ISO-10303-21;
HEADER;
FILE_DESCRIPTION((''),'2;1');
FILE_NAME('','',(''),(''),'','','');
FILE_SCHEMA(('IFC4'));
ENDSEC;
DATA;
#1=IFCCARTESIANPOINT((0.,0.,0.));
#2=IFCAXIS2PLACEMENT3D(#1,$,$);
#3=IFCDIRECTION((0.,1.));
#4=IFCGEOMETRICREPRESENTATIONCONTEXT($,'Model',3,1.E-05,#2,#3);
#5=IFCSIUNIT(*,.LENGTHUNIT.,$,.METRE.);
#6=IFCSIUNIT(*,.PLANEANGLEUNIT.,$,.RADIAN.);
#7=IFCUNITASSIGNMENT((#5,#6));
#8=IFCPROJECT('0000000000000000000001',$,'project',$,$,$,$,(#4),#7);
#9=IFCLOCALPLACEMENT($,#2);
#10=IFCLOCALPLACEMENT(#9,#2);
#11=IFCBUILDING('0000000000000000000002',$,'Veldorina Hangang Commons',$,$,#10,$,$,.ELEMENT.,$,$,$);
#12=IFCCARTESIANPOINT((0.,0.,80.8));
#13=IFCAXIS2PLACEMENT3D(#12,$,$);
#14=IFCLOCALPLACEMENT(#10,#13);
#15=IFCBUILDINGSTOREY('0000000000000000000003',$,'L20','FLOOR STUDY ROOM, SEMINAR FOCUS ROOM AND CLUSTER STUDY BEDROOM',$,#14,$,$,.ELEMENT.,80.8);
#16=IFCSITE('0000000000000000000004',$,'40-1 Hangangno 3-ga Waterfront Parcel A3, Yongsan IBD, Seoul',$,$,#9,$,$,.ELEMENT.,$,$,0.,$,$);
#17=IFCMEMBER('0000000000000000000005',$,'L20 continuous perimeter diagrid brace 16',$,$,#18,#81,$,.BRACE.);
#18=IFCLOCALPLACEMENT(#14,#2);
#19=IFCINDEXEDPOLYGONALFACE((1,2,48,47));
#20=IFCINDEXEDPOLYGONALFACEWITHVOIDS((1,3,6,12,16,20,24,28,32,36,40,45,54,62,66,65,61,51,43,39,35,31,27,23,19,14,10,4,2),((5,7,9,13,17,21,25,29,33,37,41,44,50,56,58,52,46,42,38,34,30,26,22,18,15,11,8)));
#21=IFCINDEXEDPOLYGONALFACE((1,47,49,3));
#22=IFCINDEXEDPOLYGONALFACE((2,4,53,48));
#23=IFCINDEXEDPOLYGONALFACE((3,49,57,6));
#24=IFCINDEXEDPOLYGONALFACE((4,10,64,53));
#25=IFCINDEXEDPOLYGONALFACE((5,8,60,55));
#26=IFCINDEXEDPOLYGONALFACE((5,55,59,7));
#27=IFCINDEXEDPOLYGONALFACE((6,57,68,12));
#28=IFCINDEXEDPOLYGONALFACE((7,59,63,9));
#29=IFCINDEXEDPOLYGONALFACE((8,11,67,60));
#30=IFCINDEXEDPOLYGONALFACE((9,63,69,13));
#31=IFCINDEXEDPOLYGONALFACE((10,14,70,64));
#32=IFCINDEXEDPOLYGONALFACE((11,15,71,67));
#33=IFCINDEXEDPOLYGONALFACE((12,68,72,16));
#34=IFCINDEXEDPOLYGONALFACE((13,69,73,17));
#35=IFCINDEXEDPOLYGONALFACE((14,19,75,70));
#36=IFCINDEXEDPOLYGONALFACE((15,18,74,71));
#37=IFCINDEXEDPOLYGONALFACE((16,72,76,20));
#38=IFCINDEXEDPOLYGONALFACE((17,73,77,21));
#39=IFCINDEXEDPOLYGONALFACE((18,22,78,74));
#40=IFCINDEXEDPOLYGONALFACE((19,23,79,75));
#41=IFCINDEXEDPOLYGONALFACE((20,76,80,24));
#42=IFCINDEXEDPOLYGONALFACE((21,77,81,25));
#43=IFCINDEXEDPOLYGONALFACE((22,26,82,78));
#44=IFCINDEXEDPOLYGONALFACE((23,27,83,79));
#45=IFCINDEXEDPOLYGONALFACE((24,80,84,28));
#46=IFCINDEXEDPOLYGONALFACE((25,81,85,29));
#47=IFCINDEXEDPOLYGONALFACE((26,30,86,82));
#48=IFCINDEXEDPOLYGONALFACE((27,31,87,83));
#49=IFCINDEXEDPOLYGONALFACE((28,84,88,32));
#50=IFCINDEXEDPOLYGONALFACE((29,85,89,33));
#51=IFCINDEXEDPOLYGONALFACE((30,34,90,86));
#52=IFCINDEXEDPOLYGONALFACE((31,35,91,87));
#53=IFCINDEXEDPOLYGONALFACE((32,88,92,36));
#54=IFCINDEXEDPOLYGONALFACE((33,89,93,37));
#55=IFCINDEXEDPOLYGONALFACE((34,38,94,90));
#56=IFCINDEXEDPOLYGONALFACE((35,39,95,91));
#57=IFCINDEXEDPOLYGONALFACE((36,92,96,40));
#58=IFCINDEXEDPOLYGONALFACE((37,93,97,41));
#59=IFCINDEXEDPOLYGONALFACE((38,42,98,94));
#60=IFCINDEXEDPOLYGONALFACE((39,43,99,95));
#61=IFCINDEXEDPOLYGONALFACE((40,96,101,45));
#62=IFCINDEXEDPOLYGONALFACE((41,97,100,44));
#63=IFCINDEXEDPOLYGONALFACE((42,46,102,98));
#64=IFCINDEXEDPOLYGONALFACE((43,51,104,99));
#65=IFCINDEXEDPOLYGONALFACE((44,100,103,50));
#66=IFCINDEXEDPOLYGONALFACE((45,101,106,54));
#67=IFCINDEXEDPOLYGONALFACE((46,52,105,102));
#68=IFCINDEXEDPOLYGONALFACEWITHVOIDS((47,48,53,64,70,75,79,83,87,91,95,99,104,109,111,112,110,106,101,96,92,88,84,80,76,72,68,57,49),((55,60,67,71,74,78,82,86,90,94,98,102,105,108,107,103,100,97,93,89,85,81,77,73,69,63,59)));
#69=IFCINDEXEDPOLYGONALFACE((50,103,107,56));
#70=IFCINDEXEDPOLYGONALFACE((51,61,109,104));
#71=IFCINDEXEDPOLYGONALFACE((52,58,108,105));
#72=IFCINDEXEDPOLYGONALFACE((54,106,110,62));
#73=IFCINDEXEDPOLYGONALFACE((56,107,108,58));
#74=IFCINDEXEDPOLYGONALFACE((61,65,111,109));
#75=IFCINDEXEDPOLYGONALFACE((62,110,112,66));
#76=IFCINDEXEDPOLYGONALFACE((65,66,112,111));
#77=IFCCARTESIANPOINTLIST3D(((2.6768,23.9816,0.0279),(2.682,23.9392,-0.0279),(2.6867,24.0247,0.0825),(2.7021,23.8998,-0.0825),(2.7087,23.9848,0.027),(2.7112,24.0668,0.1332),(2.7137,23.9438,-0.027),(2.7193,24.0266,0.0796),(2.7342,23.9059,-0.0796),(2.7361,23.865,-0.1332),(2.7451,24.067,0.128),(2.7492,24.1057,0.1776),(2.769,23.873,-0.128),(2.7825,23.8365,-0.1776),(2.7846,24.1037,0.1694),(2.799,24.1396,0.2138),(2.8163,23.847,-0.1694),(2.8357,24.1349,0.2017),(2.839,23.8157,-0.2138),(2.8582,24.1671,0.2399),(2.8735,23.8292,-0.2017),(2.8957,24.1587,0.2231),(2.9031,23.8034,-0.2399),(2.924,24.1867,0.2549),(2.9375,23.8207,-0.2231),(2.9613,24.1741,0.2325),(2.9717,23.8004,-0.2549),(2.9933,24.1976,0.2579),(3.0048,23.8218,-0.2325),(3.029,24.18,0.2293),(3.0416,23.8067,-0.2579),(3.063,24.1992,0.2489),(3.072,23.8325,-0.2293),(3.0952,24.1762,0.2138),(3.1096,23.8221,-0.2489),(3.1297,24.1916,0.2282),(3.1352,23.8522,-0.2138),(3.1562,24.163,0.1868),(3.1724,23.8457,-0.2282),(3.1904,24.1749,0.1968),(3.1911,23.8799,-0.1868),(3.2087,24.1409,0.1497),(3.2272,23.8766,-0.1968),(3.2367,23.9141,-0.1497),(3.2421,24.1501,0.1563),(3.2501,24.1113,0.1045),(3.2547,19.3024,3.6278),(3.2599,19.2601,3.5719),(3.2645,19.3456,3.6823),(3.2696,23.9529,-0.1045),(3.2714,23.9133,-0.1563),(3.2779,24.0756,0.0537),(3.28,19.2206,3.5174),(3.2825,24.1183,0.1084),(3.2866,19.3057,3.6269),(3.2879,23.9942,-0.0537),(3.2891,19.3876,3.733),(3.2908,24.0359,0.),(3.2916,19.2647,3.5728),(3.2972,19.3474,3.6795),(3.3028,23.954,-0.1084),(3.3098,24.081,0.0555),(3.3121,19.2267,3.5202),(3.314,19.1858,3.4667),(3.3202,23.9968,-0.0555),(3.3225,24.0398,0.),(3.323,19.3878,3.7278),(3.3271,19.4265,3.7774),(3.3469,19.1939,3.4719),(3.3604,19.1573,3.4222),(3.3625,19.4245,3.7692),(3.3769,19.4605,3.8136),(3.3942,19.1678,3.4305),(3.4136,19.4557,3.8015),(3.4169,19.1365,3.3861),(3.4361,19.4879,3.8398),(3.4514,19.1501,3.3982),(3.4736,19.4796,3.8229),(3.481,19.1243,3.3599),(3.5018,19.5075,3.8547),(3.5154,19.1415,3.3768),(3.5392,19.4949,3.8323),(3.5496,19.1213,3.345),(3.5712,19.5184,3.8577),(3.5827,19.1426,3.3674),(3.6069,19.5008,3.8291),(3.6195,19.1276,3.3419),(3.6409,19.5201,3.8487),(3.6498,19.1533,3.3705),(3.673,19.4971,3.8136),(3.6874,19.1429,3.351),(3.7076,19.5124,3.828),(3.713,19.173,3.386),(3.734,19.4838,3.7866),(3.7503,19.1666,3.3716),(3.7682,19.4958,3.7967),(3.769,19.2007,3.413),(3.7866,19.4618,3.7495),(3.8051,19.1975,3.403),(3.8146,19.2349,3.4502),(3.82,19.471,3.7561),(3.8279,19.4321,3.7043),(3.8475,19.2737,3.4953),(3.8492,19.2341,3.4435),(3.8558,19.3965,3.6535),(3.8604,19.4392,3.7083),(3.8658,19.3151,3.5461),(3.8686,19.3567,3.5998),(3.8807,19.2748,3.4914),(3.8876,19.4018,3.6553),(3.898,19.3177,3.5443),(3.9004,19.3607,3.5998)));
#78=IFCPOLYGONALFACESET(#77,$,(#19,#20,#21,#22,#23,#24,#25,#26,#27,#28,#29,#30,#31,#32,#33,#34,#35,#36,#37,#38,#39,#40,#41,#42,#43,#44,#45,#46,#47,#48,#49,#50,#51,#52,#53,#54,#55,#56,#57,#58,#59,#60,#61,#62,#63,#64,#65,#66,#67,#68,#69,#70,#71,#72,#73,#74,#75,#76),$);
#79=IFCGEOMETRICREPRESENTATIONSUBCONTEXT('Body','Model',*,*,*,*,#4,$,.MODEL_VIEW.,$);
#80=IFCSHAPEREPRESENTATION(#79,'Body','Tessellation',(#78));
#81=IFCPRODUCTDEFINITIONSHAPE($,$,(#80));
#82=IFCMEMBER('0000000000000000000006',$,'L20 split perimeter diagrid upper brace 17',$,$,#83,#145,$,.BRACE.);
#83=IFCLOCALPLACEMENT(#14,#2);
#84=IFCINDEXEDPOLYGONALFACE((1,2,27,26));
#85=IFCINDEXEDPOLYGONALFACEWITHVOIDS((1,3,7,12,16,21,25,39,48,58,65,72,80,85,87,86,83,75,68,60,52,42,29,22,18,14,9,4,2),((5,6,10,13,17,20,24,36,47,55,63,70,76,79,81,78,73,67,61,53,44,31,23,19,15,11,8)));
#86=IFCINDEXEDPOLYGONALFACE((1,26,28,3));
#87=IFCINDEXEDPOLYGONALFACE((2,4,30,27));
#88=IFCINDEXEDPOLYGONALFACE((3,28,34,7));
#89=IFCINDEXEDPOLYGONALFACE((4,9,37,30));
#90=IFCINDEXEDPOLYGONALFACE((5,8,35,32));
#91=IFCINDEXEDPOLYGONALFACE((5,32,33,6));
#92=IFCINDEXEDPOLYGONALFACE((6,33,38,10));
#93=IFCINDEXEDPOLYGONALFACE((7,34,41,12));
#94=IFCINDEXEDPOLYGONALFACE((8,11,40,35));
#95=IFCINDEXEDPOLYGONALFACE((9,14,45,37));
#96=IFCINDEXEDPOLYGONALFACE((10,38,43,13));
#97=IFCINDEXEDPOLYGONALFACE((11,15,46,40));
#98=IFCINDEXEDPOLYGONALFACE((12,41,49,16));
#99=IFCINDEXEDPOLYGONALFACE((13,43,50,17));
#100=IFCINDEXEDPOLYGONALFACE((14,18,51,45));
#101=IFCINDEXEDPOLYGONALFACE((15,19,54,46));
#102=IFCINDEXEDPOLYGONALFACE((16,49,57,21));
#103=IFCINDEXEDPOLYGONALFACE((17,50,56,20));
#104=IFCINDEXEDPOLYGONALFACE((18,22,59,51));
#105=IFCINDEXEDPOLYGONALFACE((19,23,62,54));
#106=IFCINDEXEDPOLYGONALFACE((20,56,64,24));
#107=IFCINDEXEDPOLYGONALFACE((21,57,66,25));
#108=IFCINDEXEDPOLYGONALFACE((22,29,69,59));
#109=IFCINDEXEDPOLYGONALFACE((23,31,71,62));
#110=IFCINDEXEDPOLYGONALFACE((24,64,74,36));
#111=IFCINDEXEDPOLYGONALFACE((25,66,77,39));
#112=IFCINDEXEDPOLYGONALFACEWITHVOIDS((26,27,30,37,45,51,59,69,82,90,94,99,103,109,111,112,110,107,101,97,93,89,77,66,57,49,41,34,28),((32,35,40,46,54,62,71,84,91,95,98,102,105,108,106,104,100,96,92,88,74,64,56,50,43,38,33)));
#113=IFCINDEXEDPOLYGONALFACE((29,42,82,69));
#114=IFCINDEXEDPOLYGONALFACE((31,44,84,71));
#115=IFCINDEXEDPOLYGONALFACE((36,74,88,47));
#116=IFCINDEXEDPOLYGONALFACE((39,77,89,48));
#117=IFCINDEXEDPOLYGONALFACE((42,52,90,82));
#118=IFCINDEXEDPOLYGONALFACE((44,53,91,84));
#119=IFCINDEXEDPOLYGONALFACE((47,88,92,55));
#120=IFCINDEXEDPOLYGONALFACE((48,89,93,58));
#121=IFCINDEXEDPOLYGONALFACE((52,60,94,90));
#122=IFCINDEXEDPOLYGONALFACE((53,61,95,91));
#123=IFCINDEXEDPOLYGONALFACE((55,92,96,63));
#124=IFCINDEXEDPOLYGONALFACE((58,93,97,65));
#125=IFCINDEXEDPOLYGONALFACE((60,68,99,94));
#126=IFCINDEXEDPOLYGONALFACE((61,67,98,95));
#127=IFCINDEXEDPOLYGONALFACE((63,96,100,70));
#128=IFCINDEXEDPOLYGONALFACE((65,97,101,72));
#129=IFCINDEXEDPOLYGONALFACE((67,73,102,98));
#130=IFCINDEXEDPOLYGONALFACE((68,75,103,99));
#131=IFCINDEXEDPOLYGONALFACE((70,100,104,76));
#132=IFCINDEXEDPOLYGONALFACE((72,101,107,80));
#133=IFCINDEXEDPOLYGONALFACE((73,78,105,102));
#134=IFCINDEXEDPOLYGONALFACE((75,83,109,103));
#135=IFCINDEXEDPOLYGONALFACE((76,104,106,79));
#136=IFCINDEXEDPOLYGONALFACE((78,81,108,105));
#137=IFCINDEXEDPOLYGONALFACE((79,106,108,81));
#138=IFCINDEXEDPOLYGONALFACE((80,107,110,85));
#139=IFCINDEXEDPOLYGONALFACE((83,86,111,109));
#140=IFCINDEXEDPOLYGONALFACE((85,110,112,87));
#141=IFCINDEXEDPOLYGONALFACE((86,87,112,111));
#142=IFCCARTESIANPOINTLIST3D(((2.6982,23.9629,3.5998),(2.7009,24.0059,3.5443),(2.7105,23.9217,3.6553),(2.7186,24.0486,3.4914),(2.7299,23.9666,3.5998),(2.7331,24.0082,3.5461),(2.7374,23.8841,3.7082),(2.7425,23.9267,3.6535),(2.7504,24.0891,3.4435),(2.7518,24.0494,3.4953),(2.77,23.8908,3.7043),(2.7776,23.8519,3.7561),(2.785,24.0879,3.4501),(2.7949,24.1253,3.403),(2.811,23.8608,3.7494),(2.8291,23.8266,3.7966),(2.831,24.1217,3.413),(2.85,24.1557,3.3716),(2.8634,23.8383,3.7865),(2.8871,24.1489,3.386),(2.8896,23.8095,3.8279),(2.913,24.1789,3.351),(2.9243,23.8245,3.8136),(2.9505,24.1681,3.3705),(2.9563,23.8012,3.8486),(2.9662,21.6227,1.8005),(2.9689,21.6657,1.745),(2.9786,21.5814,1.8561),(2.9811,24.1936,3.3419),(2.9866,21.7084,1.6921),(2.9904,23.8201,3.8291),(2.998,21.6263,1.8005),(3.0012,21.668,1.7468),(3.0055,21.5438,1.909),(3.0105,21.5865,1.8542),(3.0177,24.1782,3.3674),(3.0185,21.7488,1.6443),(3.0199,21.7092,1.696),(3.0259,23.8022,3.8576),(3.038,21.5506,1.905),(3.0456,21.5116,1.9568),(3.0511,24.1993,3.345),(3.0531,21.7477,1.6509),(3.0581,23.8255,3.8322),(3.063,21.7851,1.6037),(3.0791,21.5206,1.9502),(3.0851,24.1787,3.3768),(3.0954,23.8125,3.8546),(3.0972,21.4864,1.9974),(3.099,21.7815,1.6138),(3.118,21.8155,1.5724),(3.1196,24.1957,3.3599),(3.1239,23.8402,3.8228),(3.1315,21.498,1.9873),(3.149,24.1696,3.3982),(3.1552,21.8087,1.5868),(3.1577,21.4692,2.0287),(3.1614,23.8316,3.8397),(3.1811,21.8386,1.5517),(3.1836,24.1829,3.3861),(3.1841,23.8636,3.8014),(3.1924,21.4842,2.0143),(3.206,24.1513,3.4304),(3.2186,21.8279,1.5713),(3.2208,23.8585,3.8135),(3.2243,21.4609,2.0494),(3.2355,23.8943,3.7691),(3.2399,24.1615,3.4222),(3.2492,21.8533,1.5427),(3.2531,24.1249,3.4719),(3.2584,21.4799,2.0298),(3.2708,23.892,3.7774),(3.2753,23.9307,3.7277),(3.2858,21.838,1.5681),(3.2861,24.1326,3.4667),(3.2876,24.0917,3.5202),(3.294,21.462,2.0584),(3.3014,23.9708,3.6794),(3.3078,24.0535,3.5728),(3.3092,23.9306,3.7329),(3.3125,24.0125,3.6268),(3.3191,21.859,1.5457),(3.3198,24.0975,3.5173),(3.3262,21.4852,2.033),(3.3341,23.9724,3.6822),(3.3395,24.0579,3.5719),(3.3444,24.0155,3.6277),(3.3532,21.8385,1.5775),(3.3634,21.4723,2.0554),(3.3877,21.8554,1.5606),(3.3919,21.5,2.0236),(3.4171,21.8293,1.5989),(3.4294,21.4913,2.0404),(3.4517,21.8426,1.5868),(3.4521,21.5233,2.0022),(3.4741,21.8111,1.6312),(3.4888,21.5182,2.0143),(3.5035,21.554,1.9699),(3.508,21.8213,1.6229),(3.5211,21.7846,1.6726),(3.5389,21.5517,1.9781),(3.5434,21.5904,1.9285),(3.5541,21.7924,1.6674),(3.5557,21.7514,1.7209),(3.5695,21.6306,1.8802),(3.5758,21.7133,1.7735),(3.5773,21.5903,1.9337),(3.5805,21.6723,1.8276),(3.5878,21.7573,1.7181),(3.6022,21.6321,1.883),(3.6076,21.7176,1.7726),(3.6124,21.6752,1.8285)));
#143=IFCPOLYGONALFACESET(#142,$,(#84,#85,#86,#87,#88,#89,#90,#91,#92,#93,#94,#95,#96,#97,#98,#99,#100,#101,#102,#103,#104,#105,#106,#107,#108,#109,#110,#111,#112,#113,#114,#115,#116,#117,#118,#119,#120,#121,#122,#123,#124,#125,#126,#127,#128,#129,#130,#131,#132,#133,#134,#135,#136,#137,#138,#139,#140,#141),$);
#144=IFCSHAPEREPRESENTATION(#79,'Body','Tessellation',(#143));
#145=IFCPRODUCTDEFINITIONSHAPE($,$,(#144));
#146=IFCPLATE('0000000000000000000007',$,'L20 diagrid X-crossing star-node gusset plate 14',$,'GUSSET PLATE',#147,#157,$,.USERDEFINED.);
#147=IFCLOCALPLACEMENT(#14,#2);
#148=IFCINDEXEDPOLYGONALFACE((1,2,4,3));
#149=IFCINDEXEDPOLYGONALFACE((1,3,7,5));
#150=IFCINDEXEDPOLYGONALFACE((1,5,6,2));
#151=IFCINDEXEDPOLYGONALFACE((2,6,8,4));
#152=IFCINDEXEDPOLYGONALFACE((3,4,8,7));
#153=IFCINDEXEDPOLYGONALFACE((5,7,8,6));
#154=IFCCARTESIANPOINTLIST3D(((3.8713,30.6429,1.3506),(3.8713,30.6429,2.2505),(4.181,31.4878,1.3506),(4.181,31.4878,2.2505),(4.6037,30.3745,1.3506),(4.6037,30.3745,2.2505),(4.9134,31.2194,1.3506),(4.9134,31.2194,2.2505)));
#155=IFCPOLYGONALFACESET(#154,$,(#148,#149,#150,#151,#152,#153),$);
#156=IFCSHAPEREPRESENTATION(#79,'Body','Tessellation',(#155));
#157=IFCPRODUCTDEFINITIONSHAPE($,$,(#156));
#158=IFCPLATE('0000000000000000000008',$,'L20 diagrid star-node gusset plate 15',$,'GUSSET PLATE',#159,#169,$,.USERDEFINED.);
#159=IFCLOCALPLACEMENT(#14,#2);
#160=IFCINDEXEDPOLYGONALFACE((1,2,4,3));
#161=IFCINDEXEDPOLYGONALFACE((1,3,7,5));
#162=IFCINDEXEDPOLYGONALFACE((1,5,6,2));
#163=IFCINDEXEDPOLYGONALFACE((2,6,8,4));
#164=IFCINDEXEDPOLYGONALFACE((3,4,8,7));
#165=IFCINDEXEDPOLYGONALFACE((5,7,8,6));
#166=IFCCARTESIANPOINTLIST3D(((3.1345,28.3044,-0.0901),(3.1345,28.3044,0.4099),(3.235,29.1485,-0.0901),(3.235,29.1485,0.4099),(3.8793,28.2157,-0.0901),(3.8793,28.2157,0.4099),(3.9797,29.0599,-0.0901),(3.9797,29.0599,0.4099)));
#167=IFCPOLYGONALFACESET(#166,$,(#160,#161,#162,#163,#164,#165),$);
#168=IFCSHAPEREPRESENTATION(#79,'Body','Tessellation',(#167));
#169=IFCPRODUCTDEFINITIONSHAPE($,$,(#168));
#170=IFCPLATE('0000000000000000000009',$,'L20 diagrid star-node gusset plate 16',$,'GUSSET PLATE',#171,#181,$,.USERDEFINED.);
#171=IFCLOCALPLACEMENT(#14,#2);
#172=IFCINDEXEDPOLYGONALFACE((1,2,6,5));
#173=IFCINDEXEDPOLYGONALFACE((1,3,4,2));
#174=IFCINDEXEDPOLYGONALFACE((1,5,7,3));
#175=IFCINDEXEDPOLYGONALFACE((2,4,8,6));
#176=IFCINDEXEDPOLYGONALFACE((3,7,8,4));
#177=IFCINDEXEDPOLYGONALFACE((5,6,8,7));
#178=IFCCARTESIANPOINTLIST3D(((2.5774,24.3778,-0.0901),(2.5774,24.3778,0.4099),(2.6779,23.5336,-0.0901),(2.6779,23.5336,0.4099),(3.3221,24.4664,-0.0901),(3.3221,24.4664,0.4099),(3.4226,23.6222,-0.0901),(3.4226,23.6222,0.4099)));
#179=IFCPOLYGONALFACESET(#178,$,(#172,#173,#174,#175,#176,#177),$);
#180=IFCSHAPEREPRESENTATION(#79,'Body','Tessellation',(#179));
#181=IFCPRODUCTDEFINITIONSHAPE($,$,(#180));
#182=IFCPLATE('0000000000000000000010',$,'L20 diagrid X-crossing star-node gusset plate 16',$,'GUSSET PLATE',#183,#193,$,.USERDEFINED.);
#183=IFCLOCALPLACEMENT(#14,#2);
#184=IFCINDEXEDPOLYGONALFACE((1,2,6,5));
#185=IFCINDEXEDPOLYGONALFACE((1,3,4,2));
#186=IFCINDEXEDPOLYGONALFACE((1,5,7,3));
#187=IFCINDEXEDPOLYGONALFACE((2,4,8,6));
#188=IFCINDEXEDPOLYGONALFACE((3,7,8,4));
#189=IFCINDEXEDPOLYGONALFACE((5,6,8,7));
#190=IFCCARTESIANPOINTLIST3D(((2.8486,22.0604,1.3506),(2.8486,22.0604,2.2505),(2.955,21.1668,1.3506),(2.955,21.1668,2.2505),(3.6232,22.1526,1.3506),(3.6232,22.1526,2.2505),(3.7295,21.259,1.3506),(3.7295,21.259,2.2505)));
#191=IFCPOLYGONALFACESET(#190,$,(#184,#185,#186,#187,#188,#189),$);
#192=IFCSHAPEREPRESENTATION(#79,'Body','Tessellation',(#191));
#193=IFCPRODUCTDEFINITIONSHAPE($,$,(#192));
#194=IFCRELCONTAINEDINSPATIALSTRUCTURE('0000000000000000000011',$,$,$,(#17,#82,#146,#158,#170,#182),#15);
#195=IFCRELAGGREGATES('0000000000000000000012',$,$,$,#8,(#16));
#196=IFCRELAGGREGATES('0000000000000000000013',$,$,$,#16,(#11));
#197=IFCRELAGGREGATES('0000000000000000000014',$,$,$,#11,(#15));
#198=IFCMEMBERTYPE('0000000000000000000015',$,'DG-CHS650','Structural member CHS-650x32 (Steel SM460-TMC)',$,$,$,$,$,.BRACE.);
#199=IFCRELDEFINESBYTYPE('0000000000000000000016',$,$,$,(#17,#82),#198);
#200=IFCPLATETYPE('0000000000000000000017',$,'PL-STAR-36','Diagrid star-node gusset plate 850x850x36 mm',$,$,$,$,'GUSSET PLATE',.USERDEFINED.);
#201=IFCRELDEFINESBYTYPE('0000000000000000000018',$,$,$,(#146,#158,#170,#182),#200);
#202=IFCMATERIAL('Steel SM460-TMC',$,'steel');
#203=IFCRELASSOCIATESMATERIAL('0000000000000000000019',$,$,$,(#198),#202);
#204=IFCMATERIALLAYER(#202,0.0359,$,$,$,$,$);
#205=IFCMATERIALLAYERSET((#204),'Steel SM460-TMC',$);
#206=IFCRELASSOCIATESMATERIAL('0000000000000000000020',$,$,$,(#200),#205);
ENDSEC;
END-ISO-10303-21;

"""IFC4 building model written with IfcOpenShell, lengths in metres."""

from ifc_helpers import new_model, si_unit, direction, frame, origin, origin_2d, place, context, subcontext, project, spatial, rectangle, hollow_circle, extrude, material, layer, layer_set, material_profile, profile_set, type_object, element, save


model = new_model("IFC4")

# Units and contexts
model_context = context("Model", 3, precision=1e-05, world=origin(), true_north=direction((0.0, 1.0)))
body_context = subcontext(model_context, "Body", "Model", "MODEL_VIEW")
ifc_project = project(units=[si_unit("LENGTHUNIT", "METRE"), si_unit("PLANEANGLEUNIT", "RADIAN")], contexts=[model_context])

# Site, building, storey
site_placement = place(None, origin())
site = spatial("IfcSite", under=ifc_project, at=site_placement, Name="40-1 Hangangno 3-ga Waterfront Parcel A3, Yongsan IBD, Seoul", CompositionType="ELEMENT", RefElevation=0.0)
building_placement = place(site_placement, origin())
building = spatial("IfcBuilding", under=site, at=building_placement, Name="Veldorina Hangang Commons", CompositionType="ELEMENT")
storey_placement = place(building_placement, frame((0.0, 0.0, 80.8)))
storey = spatial("IfcBuildingStorey", under=building, at=storey_placement, Name="L20", Description="FLOOR STUDY ROOM, SEMINAR FOCUS ROOM AND CLUSTER STUDY BEDROOM", CompositionType="ELEMENT", Elevation=80.8)

# Members
ifc_material_1 = material(Name="Steel SM460-TMC", Category="steel")
ifc_material_profile_1 = material_profile(ifc_material_1, hollow_circle(Radius=0.325, WallThickness=0.032, at=origin_2d()), Name="CHS-650x32")
ifc_profile_set_1 = profile_set([ifc_material_profile_1], Name="Steel SM460-TMC")
member_type = type_object("IfcMemberType", Name="DG-CHS650", Description="Structural member CHS-650x32 (Steel SM460-TMC)", PredefinedType="BRACE", material=ifc_profile_set_1)
member_1_placement = place(storey_placement, frame((3.0, 24.0, 0.0), z_axis=(0.097419, -0.788816, 0.60686), x_axis=(0.99246, 0.122569, 0.0)))
element("IfcMember", 1, at=member_1_placement, inside=storey, type_object=member_type, Name="L20 continuous perimeter diagrid brace 16", PredefinedType="BRACE", context=body_context, shape_type="SweptSolid", body=[
    extrude(hollow_circle(Radius=0.325, WallThickness=0.032, at=origin_2d()), origin(), (0.0, 0.0, 1.0), 5.9319),
])
member_2_placement = place(storey_placement, frame((3.2891, 21.6597, 1.8005), z_axis=(-0.090434, 0.789529, 0.607013), x_axis=(-0.993504, -0.113798, 0.0)))
element("IfcMember", 2, at=member_2_placement, inside=storey, type_object=member_type, Name="L20 split perimeter diagrid upper brace 17", PredefinedType="BRACE", context=body_context, shape_type="SweptSolid", body=[
    extrude(hollow_circle(Radius=0.325, WallThickness=0.032, at=origin_2d()), origin(), (0.0, 0.0, 1.0), 2.9641),
])

# Plates
ifc_layer_1 = layer(ifc_material_1, 0.0359)
ifc_layer_set_1 = layer_set([ifc_layer_1], Name="Steel SM460-TMC")
plate_type = type_object("IfcPlateType", Name="PL-STAR-36", Description="Diagrid star-node gusset plate 850x850x36 mm", ElementType="GUSSET PLATE", PredefinedType="USERDEFINED", material=ifc_layer_set_1)
plate_1_placement = place(storey_placement, frame((4.3923, 30.9312, 1.3506), z_axis=(0.0, 0.0, 1.0), x_axis=(-0.344168, -0.938908, 0.0)))
element("IfcPlate", 3, at=plate_1_placement, inside=storey, type_object=plate_type, Name="L20 diagrid X-crossing star-node gusset plate 14", ObjectType="GUSSET PLATE", PredefinedType="USERDEFINED", context=body_context, shape_type="SweptSolid", body=[
    extrude(rectangle(XDim=0.8999, YDim=0.78, at=origin_2d()), origin(), (0.0, 0.0, 1.0), 0.8999),
])
for number, where, z_axis, x_axis, name in (
    (4, (3.5571, 28.6821, -0.0901), (0.0, 0.0, 1.0), (-0.118179, -0.992992, 0.0), "L20 diagrid star-node gusset plate 15"),
    (5, (3.0, 24.0, -0.0901), (0.0, 0.0, 1.0), (0.118179, -0.992992, 0.0), "L20 diagrid star-node gusset plate 16"),
):
    element("IfcPlate", number, at=place(storey_placement, frame(where, z_axis=z_axis, x_axis=x_axis)), inside=storey, type_object=plate_type, Name=name, ObjectType="GUSSET PLATE", PredefinedType="USERDEFINED", context=body_context, shape_type="SweptSolid", body=[
        extrude(rectangle(XDim=0.8501, YDim=0.75, at=origin_2d()), origin(), (0.0, 0.0, 1.0), 0.5),
    ])
plate_2_placement = place(storey_placement, frame((3.2891, 21.6597, 1.3506), z_axis=(0.0, 0.0, 1.0), x_axis=(0.118179, -0.992992, 0.0)))
element("IfcPlate", 6, at=plate_2_placement, inside=storey, type_object=plate_type, Name="L20 diagrid X-crossing star-node gusset plate 16", ObjectType="GUSSET PLATE", PredefinedType="USERDEFINED", context=body_context, shape_type="SweptSolid", body=[
    extrude(rectangle(XDim=0.8999, YDim=0.78, at=origin_2d()), origin(), (0.0, 0.0, 1.0), 0.8999),
])

save(model, "model.ifc")
